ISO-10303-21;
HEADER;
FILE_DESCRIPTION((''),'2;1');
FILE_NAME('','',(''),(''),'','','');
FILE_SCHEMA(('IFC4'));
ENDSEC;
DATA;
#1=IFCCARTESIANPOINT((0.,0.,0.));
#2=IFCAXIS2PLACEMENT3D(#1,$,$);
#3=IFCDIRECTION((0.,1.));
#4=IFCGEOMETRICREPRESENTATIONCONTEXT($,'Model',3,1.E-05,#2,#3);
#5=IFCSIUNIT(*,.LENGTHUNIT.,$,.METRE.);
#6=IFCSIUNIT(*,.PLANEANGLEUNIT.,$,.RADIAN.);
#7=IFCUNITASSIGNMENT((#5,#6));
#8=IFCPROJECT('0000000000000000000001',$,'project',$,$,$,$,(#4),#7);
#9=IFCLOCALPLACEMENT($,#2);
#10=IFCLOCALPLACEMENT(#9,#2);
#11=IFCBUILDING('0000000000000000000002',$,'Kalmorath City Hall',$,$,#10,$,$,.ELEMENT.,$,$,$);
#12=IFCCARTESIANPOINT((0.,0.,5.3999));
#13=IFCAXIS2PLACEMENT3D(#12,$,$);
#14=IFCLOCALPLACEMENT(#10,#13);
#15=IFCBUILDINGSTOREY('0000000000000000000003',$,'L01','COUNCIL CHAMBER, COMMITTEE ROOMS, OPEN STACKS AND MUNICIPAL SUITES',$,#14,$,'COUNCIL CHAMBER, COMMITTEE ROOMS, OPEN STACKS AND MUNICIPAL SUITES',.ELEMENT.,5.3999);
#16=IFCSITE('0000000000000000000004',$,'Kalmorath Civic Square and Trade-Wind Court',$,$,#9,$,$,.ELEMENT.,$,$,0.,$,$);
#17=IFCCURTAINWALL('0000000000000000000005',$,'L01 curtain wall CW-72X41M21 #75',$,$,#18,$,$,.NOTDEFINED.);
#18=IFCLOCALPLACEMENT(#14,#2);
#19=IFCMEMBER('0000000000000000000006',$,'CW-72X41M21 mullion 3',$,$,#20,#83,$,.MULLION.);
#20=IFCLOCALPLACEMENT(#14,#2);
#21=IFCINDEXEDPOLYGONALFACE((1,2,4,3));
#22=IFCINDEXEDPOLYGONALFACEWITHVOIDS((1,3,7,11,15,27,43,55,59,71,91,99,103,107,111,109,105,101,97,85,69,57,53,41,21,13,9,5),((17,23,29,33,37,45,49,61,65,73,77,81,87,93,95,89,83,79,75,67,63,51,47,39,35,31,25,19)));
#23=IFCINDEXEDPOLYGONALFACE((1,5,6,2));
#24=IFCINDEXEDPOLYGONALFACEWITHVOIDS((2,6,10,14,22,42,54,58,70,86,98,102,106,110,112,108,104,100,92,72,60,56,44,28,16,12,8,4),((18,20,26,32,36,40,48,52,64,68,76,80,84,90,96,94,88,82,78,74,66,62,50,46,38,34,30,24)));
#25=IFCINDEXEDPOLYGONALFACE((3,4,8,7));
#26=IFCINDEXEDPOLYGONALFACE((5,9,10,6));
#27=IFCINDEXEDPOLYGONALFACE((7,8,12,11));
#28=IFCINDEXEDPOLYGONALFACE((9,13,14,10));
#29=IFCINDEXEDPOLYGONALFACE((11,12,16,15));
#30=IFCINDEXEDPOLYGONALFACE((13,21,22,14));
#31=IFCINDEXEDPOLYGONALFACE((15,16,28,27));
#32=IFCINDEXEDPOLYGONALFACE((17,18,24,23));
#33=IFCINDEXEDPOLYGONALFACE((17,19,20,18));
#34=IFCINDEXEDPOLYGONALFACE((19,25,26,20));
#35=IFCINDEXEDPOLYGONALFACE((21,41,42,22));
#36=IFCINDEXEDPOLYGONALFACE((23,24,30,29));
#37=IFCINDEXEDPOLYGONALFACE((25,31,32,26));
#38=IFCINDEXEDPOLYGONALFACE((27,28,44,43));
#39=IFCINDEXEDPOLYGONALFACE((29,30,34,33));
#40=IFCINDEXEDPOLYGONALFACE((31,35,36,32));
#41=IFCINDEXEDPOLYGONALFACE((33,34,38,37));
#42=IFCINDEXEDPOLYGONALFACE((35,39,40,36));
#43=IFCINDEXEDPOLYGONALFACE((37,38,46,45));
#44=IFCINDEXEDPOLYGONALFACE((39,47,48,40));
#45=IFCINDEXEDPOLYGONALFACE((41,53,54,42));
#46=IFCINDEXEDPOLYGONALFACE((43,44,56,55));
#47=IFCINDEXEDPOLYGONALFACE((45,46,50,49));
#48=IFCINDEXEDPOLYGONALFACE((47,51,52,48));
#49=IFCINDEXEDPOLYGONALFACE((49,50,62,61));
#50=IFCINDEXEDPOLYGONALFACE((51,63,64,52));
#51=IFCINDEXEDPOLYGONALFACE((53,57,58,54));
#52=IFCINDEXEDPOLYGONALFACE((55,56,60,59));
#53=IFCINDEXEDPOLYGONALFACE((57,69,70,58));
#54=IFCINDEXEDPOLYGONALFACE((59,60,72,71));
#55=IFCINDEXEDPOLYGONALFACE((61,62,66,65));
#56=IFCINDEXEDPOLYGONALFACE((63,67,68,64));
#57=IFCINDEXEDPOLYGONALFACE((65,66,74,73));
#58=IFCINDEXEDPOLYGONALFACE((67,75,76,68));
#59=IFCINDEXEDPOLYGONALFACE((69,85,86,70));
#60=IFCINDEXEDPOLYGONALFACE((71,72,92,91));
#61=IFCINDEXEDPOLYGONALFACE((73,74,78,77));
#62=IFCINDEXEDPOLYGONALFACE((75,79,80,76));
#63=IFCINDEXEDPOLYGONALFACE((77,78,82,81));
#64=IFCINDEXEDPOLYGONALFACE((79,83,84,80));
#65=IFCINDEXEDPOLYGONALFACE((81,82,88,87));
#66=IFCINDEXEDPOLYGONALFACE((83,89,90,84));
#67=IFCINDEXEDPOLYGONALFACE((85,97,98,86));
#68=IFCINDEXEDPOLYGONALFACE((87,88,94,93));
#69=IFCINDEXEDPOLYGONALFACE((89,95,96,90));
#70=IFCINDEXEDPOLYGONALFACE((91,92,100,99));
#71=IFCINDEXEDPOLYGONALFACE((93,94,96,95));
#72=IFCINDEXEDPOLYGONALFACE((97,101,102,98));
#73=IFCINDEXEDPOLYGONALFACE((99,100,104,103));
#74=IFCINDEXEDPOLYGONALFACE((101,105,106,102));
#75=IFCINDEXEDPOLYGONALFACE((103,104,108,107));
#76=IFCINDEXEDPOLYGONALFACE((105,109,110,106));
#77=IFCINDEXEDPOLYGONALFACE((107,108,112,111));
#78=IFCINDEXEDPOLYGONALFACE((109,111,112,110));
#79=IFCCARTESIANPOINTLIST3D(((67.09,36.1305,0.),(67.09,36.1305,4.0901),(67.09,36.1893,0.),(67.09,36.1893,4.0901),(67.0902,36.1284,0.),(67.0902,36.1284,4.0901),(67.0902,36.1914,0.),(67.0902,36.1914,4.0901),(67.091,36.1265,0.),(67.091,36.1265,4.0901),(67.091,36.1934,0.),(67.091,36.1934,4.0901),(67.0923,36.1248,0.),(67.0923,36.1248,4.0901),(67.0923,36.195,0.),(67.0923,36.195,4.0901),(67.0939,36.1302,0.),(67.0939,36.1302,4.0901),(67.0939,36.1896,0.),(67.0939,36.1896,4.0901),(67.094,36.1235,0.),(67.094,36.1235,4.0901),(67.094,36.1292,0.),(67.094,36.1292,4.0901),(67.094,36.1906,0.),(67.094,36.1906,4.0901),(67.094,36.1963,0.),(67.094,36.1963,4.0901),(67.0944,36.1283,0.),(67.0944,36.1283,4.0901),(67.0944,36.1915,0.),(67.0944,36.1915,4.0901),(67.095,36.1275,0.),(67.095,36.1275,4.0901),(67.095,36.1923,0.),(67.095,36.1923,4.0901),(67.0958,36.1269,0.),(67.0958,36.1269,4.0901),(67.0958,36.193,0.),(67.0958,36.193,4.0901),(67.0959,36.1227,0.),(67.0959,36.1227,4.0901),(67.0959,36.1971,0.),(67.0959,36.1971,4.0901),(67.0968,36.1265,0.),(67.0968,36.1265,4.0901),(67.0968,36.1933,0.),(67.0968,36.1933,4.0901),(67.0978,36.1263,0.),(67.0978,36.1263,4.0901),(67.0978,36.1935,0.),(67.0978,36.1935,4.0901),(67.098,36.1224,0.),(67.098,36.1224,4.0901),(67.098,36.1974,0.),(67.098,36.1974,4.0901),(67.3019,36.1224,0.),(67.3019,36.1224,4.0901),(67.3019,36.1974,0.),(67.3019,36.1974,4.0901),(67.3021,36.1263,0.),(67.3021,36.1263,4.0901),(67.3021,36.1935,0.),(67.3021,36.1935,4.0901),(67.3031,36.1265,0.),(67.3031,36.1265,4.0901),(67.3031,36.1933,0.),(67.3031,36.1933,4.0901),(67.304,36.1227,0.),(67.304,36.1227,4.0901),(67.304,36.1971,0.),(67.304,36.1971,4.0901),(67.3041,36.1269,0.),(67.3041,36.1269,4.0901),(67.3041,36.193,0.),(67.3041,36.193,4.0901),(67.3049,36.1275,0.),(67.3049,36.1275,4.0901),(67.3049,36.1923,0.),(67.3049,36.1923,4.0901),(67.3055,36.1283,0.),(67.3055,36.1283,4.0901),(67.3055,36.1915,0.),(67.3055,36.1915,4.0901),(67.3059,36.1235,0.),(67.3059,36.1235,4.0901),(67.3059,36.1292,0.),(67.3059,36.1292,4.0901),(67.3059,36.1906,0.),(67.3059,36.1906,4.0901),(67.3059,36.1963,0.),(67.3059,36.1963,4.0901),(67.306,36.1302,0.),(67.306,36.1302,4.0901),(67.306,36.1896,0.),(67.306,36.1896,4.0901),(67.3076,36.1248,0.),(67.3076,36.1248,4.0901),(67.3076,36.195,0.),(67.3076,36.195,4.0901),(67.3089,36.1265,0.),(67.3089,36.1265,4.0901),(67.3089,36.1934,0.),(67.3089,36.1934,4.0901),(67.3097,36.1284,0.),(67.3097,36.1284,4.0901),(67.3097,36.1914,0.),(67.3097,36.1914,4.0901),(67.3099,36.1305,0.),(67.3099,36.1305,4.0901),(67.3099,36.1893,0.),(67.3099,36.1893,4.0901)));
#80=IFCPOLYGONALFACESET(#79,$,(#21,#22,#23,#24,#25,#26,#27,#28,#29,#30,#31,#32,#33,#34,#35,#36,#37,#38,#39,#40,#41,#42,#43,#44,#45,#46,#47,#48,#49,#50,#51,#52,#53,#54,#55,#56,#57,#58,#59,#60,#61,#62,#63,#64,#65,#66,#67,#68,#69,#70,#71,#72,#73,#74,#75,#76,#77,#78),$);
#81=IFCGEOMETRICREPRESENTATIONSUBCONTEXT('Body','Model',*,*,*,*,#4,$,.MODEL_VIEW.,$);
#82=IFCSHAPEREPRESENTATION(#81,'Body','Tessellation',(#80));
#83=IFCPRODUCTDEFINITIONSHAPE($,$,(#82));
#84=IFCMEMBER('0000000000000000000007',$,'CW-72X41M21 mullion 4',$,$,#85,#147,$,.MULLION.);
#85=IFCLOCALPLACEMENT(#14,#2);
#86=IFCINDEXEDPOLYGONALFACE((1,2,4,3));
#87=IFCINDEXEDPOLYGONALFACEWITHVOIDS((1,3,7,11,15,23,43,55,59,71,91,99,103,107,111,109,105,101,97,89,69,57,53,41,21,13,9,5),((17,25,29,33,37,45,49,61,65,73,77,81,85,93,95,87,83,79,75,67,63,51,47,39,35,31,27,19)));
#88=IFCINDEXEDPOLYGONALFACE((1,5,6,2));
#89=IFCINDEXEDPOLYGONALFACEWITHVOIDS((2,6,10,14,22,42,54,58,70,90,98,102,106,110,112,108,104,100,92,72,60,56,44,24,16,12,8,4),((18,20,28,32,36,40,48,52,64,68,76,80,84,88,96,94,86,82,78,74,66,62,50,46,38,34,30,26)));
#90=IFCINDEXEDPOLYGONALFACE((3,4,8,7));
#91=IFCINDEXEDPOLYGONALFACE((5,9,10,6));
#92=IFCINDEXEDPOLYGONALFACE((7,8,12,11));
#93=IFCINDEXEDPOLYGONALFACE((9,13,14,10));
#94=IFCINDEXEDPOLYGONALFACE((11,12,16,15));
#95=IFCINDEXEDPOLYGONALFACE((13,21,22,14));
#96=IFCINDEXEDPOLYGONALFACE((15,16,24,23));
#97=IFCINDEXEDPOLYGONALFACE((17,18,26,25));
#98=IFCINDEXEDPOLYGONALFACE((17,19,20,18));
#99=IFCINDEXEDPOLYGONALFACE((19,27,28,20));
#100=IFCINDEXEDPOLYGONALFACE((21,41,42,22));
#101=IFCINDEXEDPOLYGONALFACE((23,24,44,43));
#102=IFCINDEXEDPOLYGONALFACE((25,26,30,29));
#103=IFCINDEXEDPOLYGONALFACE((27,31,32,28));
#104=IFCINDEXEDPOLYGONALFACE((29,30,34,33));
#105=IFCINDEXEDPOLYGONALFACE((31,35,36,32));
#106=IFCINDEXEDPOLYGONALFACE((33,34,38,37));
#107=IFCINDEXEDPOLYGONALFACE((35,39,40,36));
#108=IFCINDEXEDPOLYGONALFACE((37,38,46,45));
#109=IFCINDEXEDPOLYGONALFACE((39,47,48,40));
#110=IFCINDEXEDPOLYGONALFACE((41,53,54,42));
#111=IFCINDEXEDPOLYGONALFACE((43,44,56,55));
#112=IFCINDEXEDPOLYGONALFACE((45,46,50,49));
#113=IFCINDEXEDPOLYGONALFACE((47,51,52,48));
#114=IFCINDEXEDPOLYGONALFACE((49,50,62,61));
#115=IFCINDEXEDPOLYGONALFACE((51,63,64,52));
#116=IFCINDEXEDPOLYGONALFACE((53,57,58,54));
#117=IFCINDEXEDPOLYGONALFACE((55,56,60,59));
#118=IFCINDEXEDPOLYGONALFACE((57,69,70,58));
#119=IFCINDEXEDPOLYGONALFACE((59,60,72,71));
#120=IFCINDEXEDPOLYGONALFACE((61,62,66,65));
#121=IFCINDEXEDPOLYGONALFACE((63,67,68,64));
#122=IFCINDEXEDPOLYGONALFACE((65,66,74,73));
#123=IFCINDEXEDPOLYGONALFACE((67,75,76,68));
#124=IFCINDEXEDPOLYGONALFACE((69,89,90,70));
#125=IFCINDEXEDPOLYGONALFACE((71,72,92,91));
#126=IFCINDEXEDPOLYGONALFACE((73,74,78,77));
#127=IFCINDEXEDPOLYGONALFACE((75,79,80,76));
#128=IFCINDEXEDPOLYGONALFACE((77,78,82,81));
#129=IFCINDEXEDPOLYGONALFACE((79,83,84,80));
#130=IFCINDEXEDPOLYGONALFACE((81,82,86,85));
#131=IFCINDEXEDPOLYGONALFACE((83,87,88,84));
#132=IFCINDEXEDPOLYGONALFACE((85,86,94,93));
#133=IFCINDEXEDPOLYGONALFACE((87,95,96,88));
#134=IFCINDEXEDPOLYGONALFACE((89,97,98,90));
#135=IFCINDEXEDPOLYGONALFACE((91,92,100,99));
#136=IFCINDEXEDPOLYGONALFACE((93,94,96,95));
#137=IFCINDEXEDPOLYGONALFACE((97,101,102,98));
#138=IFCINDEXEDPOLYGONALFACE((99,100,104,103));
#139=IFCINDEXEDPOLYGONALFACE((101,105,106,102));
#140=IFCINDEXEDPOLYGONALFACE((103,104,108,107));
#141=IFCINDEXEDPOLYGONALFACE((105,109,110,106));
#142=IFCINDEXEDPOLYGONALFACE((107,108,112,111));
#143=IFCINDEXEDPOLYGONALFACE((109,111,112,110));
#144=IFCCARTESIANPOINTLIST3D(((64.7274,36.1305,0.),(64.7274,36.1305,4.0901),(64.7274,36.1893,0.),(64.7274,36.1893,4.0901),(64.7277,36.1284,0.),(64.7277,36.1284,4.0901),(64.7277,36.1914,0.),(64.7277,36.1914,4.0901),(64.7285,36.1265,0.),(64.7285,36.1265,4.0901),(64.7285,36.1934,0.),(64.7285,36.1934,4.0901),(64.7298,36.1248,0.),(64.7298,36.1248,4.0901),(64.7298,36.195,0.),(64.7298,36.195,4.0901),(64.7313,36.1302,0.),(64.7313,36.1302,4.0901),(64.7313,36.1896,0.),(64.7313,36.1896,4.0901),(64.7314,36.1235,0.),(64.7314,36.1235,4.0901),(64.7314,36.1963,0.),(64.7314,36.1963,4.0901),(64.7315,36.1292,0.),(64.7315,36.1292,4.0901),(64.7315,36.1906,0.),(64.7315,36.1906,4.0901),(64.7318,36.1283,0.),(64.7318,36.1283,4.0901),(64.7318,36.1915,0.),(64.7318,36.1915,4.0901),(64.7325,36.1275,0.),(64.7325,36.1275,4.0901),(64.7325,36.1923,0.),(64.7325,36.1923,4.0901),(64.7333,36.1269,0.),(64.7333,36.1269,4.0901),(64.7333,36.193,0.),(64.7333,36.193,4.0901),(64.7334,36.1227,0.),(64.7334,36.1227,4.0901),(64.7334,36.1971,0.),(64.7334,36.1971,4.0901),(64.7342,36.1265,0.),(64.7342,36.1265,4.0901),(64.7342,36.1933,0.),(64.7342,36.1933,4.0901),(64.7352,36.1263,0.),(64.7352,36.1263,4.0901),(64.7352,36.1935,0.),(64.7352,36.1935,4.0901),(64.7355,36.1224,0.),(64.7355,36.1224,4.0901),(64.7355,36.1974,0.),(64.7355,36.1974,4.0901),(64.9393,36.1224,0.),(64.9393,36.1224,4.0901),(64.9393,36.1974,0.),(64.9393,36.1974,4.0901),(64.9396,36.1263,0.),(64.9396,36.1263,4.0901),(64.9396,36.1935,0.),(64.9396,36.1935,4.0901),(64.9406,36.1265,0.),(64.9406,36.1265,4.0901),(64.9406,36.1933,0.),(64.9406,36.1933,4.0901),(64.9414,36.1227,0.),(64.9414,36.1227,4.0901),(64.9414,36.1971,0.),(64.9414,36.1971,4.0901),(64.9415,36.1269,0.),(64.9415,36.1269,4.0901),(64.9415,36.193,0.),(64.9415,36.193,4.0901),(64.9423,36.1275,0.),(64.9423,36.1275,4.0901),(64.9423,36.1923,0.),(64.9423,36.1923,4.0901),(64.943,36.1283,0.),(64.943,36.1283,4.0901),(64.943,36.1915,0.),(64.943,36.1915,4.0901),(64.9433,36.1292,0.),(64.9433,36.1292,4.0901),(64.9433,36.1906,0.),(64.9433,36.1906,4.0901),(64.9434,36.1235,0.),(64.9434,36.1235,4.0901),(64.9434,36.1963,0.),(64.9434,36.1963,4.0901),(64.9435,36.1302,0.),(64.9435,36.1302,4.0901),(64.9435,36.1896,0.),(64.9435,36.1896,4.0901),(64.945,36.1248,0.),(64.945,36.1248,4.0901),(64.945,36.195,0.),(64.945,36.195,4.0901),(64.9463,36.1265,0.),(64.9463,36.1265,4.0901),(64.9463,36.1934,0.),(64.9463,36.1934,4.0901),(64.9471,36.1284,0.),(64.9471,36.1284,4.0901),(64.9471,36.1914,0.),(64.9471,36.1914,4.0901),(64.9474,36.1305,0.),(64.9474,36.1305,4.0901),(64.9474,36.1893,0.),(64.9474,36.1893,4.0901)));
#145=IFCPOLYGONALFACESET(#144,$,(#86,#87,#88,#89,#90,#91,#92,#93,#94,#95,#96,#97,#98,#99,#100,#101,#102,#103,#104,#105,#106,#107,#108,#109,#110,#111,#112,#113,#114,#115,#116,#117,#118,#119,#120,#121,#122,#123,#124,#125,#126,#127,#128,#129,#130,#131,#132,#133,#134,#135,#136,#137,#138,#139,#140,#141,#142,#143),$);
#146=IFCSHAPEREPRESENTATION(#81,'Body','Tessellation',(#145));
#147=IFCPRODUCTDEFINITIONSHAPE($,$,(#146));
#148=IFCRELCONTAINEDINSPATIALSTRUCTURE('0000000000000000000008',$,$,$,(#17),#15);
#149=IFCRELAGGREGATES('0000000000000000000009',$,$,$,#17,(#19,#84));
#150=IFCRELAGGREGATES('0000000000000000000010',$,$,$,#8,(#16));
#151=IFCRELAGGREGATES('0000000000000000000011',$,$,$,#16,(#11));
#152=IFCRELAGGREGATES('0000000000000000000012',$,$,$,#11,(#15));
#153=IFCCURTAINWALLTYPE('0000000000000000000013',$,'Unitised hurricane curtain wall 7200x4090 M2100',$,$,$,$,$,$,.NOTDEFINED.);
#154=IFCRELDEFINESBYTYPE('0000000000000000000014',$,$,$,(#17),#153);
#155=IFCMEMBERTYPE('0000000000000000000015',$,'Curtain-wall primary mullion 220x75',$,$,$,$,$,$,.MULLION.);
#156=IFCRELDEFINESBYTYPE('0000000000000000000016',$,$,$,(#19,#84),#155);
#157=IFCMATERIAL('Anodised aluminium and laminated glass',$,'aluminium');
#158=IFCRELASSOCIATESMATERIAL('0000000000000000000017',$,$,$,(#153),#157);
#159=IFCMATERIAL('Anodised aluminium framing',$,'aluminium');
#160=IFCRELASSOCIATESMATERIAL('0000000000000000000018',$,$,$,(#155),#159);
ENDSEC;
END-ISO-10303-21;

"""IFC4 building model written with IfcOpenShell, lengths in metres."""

from ifc_helpers import new_model, si_unit, direction, frame, origin, origin_2d, place, context, subcontext, project, spatial, hollow_rectangle, extrude, material, material_profile, profile_set, type_object, element, aggregate, save


model = new_model("IFC4")

# Units and contexts
model_context = context("Model", 3, precision=1e-05, world=origin(), true_north=direction((0.0, 1.0)))
body_context = subcontext(model_context, "Body", "Model", "MODEL_VIEW")
ifc_project = project(units=[si_unit("LENGTHUNIT", "METRE"), si_unit("PLANEANGLEUNIT", "RADIAN")], contexts=[model_context])

# Site, building, storey
site_placement = place(None, origin())
site = spatial("IfcSite", under=ifc_project, at=site_placement, Name="Kalmorath Civic Square and Trade-Wind Court", CompositionType="ELEMENT", RefElevation=0.0)
building_placement = place(site_placement, origin())
building = spatial("IfcBuilding", under=site, at=building_placement, Name="Kalmorath City Hall", CompositionType="ELEMENT")
storey_placement = place(building_placement, frame((0.0, 0.0, 5.3999)))
storey = spatial("IfcBuildingStorey", under=building, at=storey_placement, Name="L01", Description="COUNCIL CHAMBER, COMMITTEE ROOMS, OPEN STACKS AND MUNICIPAL SUITES", LongName="COUNCIL CHAMBER, COMMITTEE ROOMS, OPEN STACKS AND MUNICIPAL SUITES", CompositionType="ELEMENT", Elevation=5.3999)

# Curtain wall, members
ifc_material_1 = material(Name="Anodised aluminium and laminated glass", Category="aluminium")
curtain_wall_type_1 = type_object("IfcCurtainWallType", Name="Unitised hurricane curtain wall 7200x4090 M2100", PredefinedType="NOTDEFINED", material=ifc_material_1)
curtain_wall_1_placement = place(storey_placement, origin())
curtain_wall_1 = element("IfcCurtainWall", 1, at=curtain_wall_1_placement, inside=storey, type_object=curtain_wall_type_1, Name="L01 curtain wall CW-72X41M21 #75", PredefinedType="NOTDEFINED")
ifc_material_2 = material(Name="Anodised aluminium framing", Category="aluminium")
ifc_material_profile_1 = material_profile(ifc_material_2, hollow_rectangle(XDim=0.075, YDim=0.22, WallThickness=0.0039, InnerFilletRadius=0.0039, OuterFilletRadius=0.0081, at=origin_2d()), Name="ALU-MUL-220X75X4")
ifc_profile_set_1 = profile_set([ifc_material_profile_1], Name="Anodised aluminium framing")
member_type_1 = type_object("IfcMemberType", Name="Curtain-wall primary mullion 220x75", PredefinedType="MULLION", material=ifc_profile_set_1)
member_1_placement = place(storey_placement, frame((67.2, 36.1599, 0.0), z_axis=(0.0, 0.0, 1.0), x_axis=(0.0, -1.0, 0.0)))
member_1 = element("IfcMember", 2, at=member_1_placement, type_object=member_type_1, Name="CW-72X41M21 mullion 3", PredefinedType="MULLION", context=body_context, shape_type="SweptSolid", body=[
    extrude(hollow_rectangle(XDim=0.075, YDim=0.22, WallThickness=0.0039, InnerFilletRadius=0.0039, OuterFilletRadius=0.0081, at=origin_2d()), origin(), (0.0, 0.0, 1.0), 4.0901),
])
member_2_placement = place(storey_placement, frame((64.8374, 36.1599, 0.0), z_axis=(0.0, 0.0, 1.0), x_axis=(0.0, -1.0, 0.0)))
member_2 = element("IfcMember", 3, at=member_2_placement, type_object=member_type_1, Name="CW-72X41M21 mullion 4", PredefinedType="MULLION", context=body_context, shape_type="SweptSolid", body=[
    extrude(hollow_rectangle(XDim=0.075, YDim=0.22, WallThickness=0.0039, InnerFilletRadius=0.0039, OuterFilletRadius=0.0081, at=origin_2d()), origin(), (0.0, 0.0, 1.0), 4.0901),
])

aggregate(curtain_wall_1, [member_1, member_2])

save(model, "model.ifc")
